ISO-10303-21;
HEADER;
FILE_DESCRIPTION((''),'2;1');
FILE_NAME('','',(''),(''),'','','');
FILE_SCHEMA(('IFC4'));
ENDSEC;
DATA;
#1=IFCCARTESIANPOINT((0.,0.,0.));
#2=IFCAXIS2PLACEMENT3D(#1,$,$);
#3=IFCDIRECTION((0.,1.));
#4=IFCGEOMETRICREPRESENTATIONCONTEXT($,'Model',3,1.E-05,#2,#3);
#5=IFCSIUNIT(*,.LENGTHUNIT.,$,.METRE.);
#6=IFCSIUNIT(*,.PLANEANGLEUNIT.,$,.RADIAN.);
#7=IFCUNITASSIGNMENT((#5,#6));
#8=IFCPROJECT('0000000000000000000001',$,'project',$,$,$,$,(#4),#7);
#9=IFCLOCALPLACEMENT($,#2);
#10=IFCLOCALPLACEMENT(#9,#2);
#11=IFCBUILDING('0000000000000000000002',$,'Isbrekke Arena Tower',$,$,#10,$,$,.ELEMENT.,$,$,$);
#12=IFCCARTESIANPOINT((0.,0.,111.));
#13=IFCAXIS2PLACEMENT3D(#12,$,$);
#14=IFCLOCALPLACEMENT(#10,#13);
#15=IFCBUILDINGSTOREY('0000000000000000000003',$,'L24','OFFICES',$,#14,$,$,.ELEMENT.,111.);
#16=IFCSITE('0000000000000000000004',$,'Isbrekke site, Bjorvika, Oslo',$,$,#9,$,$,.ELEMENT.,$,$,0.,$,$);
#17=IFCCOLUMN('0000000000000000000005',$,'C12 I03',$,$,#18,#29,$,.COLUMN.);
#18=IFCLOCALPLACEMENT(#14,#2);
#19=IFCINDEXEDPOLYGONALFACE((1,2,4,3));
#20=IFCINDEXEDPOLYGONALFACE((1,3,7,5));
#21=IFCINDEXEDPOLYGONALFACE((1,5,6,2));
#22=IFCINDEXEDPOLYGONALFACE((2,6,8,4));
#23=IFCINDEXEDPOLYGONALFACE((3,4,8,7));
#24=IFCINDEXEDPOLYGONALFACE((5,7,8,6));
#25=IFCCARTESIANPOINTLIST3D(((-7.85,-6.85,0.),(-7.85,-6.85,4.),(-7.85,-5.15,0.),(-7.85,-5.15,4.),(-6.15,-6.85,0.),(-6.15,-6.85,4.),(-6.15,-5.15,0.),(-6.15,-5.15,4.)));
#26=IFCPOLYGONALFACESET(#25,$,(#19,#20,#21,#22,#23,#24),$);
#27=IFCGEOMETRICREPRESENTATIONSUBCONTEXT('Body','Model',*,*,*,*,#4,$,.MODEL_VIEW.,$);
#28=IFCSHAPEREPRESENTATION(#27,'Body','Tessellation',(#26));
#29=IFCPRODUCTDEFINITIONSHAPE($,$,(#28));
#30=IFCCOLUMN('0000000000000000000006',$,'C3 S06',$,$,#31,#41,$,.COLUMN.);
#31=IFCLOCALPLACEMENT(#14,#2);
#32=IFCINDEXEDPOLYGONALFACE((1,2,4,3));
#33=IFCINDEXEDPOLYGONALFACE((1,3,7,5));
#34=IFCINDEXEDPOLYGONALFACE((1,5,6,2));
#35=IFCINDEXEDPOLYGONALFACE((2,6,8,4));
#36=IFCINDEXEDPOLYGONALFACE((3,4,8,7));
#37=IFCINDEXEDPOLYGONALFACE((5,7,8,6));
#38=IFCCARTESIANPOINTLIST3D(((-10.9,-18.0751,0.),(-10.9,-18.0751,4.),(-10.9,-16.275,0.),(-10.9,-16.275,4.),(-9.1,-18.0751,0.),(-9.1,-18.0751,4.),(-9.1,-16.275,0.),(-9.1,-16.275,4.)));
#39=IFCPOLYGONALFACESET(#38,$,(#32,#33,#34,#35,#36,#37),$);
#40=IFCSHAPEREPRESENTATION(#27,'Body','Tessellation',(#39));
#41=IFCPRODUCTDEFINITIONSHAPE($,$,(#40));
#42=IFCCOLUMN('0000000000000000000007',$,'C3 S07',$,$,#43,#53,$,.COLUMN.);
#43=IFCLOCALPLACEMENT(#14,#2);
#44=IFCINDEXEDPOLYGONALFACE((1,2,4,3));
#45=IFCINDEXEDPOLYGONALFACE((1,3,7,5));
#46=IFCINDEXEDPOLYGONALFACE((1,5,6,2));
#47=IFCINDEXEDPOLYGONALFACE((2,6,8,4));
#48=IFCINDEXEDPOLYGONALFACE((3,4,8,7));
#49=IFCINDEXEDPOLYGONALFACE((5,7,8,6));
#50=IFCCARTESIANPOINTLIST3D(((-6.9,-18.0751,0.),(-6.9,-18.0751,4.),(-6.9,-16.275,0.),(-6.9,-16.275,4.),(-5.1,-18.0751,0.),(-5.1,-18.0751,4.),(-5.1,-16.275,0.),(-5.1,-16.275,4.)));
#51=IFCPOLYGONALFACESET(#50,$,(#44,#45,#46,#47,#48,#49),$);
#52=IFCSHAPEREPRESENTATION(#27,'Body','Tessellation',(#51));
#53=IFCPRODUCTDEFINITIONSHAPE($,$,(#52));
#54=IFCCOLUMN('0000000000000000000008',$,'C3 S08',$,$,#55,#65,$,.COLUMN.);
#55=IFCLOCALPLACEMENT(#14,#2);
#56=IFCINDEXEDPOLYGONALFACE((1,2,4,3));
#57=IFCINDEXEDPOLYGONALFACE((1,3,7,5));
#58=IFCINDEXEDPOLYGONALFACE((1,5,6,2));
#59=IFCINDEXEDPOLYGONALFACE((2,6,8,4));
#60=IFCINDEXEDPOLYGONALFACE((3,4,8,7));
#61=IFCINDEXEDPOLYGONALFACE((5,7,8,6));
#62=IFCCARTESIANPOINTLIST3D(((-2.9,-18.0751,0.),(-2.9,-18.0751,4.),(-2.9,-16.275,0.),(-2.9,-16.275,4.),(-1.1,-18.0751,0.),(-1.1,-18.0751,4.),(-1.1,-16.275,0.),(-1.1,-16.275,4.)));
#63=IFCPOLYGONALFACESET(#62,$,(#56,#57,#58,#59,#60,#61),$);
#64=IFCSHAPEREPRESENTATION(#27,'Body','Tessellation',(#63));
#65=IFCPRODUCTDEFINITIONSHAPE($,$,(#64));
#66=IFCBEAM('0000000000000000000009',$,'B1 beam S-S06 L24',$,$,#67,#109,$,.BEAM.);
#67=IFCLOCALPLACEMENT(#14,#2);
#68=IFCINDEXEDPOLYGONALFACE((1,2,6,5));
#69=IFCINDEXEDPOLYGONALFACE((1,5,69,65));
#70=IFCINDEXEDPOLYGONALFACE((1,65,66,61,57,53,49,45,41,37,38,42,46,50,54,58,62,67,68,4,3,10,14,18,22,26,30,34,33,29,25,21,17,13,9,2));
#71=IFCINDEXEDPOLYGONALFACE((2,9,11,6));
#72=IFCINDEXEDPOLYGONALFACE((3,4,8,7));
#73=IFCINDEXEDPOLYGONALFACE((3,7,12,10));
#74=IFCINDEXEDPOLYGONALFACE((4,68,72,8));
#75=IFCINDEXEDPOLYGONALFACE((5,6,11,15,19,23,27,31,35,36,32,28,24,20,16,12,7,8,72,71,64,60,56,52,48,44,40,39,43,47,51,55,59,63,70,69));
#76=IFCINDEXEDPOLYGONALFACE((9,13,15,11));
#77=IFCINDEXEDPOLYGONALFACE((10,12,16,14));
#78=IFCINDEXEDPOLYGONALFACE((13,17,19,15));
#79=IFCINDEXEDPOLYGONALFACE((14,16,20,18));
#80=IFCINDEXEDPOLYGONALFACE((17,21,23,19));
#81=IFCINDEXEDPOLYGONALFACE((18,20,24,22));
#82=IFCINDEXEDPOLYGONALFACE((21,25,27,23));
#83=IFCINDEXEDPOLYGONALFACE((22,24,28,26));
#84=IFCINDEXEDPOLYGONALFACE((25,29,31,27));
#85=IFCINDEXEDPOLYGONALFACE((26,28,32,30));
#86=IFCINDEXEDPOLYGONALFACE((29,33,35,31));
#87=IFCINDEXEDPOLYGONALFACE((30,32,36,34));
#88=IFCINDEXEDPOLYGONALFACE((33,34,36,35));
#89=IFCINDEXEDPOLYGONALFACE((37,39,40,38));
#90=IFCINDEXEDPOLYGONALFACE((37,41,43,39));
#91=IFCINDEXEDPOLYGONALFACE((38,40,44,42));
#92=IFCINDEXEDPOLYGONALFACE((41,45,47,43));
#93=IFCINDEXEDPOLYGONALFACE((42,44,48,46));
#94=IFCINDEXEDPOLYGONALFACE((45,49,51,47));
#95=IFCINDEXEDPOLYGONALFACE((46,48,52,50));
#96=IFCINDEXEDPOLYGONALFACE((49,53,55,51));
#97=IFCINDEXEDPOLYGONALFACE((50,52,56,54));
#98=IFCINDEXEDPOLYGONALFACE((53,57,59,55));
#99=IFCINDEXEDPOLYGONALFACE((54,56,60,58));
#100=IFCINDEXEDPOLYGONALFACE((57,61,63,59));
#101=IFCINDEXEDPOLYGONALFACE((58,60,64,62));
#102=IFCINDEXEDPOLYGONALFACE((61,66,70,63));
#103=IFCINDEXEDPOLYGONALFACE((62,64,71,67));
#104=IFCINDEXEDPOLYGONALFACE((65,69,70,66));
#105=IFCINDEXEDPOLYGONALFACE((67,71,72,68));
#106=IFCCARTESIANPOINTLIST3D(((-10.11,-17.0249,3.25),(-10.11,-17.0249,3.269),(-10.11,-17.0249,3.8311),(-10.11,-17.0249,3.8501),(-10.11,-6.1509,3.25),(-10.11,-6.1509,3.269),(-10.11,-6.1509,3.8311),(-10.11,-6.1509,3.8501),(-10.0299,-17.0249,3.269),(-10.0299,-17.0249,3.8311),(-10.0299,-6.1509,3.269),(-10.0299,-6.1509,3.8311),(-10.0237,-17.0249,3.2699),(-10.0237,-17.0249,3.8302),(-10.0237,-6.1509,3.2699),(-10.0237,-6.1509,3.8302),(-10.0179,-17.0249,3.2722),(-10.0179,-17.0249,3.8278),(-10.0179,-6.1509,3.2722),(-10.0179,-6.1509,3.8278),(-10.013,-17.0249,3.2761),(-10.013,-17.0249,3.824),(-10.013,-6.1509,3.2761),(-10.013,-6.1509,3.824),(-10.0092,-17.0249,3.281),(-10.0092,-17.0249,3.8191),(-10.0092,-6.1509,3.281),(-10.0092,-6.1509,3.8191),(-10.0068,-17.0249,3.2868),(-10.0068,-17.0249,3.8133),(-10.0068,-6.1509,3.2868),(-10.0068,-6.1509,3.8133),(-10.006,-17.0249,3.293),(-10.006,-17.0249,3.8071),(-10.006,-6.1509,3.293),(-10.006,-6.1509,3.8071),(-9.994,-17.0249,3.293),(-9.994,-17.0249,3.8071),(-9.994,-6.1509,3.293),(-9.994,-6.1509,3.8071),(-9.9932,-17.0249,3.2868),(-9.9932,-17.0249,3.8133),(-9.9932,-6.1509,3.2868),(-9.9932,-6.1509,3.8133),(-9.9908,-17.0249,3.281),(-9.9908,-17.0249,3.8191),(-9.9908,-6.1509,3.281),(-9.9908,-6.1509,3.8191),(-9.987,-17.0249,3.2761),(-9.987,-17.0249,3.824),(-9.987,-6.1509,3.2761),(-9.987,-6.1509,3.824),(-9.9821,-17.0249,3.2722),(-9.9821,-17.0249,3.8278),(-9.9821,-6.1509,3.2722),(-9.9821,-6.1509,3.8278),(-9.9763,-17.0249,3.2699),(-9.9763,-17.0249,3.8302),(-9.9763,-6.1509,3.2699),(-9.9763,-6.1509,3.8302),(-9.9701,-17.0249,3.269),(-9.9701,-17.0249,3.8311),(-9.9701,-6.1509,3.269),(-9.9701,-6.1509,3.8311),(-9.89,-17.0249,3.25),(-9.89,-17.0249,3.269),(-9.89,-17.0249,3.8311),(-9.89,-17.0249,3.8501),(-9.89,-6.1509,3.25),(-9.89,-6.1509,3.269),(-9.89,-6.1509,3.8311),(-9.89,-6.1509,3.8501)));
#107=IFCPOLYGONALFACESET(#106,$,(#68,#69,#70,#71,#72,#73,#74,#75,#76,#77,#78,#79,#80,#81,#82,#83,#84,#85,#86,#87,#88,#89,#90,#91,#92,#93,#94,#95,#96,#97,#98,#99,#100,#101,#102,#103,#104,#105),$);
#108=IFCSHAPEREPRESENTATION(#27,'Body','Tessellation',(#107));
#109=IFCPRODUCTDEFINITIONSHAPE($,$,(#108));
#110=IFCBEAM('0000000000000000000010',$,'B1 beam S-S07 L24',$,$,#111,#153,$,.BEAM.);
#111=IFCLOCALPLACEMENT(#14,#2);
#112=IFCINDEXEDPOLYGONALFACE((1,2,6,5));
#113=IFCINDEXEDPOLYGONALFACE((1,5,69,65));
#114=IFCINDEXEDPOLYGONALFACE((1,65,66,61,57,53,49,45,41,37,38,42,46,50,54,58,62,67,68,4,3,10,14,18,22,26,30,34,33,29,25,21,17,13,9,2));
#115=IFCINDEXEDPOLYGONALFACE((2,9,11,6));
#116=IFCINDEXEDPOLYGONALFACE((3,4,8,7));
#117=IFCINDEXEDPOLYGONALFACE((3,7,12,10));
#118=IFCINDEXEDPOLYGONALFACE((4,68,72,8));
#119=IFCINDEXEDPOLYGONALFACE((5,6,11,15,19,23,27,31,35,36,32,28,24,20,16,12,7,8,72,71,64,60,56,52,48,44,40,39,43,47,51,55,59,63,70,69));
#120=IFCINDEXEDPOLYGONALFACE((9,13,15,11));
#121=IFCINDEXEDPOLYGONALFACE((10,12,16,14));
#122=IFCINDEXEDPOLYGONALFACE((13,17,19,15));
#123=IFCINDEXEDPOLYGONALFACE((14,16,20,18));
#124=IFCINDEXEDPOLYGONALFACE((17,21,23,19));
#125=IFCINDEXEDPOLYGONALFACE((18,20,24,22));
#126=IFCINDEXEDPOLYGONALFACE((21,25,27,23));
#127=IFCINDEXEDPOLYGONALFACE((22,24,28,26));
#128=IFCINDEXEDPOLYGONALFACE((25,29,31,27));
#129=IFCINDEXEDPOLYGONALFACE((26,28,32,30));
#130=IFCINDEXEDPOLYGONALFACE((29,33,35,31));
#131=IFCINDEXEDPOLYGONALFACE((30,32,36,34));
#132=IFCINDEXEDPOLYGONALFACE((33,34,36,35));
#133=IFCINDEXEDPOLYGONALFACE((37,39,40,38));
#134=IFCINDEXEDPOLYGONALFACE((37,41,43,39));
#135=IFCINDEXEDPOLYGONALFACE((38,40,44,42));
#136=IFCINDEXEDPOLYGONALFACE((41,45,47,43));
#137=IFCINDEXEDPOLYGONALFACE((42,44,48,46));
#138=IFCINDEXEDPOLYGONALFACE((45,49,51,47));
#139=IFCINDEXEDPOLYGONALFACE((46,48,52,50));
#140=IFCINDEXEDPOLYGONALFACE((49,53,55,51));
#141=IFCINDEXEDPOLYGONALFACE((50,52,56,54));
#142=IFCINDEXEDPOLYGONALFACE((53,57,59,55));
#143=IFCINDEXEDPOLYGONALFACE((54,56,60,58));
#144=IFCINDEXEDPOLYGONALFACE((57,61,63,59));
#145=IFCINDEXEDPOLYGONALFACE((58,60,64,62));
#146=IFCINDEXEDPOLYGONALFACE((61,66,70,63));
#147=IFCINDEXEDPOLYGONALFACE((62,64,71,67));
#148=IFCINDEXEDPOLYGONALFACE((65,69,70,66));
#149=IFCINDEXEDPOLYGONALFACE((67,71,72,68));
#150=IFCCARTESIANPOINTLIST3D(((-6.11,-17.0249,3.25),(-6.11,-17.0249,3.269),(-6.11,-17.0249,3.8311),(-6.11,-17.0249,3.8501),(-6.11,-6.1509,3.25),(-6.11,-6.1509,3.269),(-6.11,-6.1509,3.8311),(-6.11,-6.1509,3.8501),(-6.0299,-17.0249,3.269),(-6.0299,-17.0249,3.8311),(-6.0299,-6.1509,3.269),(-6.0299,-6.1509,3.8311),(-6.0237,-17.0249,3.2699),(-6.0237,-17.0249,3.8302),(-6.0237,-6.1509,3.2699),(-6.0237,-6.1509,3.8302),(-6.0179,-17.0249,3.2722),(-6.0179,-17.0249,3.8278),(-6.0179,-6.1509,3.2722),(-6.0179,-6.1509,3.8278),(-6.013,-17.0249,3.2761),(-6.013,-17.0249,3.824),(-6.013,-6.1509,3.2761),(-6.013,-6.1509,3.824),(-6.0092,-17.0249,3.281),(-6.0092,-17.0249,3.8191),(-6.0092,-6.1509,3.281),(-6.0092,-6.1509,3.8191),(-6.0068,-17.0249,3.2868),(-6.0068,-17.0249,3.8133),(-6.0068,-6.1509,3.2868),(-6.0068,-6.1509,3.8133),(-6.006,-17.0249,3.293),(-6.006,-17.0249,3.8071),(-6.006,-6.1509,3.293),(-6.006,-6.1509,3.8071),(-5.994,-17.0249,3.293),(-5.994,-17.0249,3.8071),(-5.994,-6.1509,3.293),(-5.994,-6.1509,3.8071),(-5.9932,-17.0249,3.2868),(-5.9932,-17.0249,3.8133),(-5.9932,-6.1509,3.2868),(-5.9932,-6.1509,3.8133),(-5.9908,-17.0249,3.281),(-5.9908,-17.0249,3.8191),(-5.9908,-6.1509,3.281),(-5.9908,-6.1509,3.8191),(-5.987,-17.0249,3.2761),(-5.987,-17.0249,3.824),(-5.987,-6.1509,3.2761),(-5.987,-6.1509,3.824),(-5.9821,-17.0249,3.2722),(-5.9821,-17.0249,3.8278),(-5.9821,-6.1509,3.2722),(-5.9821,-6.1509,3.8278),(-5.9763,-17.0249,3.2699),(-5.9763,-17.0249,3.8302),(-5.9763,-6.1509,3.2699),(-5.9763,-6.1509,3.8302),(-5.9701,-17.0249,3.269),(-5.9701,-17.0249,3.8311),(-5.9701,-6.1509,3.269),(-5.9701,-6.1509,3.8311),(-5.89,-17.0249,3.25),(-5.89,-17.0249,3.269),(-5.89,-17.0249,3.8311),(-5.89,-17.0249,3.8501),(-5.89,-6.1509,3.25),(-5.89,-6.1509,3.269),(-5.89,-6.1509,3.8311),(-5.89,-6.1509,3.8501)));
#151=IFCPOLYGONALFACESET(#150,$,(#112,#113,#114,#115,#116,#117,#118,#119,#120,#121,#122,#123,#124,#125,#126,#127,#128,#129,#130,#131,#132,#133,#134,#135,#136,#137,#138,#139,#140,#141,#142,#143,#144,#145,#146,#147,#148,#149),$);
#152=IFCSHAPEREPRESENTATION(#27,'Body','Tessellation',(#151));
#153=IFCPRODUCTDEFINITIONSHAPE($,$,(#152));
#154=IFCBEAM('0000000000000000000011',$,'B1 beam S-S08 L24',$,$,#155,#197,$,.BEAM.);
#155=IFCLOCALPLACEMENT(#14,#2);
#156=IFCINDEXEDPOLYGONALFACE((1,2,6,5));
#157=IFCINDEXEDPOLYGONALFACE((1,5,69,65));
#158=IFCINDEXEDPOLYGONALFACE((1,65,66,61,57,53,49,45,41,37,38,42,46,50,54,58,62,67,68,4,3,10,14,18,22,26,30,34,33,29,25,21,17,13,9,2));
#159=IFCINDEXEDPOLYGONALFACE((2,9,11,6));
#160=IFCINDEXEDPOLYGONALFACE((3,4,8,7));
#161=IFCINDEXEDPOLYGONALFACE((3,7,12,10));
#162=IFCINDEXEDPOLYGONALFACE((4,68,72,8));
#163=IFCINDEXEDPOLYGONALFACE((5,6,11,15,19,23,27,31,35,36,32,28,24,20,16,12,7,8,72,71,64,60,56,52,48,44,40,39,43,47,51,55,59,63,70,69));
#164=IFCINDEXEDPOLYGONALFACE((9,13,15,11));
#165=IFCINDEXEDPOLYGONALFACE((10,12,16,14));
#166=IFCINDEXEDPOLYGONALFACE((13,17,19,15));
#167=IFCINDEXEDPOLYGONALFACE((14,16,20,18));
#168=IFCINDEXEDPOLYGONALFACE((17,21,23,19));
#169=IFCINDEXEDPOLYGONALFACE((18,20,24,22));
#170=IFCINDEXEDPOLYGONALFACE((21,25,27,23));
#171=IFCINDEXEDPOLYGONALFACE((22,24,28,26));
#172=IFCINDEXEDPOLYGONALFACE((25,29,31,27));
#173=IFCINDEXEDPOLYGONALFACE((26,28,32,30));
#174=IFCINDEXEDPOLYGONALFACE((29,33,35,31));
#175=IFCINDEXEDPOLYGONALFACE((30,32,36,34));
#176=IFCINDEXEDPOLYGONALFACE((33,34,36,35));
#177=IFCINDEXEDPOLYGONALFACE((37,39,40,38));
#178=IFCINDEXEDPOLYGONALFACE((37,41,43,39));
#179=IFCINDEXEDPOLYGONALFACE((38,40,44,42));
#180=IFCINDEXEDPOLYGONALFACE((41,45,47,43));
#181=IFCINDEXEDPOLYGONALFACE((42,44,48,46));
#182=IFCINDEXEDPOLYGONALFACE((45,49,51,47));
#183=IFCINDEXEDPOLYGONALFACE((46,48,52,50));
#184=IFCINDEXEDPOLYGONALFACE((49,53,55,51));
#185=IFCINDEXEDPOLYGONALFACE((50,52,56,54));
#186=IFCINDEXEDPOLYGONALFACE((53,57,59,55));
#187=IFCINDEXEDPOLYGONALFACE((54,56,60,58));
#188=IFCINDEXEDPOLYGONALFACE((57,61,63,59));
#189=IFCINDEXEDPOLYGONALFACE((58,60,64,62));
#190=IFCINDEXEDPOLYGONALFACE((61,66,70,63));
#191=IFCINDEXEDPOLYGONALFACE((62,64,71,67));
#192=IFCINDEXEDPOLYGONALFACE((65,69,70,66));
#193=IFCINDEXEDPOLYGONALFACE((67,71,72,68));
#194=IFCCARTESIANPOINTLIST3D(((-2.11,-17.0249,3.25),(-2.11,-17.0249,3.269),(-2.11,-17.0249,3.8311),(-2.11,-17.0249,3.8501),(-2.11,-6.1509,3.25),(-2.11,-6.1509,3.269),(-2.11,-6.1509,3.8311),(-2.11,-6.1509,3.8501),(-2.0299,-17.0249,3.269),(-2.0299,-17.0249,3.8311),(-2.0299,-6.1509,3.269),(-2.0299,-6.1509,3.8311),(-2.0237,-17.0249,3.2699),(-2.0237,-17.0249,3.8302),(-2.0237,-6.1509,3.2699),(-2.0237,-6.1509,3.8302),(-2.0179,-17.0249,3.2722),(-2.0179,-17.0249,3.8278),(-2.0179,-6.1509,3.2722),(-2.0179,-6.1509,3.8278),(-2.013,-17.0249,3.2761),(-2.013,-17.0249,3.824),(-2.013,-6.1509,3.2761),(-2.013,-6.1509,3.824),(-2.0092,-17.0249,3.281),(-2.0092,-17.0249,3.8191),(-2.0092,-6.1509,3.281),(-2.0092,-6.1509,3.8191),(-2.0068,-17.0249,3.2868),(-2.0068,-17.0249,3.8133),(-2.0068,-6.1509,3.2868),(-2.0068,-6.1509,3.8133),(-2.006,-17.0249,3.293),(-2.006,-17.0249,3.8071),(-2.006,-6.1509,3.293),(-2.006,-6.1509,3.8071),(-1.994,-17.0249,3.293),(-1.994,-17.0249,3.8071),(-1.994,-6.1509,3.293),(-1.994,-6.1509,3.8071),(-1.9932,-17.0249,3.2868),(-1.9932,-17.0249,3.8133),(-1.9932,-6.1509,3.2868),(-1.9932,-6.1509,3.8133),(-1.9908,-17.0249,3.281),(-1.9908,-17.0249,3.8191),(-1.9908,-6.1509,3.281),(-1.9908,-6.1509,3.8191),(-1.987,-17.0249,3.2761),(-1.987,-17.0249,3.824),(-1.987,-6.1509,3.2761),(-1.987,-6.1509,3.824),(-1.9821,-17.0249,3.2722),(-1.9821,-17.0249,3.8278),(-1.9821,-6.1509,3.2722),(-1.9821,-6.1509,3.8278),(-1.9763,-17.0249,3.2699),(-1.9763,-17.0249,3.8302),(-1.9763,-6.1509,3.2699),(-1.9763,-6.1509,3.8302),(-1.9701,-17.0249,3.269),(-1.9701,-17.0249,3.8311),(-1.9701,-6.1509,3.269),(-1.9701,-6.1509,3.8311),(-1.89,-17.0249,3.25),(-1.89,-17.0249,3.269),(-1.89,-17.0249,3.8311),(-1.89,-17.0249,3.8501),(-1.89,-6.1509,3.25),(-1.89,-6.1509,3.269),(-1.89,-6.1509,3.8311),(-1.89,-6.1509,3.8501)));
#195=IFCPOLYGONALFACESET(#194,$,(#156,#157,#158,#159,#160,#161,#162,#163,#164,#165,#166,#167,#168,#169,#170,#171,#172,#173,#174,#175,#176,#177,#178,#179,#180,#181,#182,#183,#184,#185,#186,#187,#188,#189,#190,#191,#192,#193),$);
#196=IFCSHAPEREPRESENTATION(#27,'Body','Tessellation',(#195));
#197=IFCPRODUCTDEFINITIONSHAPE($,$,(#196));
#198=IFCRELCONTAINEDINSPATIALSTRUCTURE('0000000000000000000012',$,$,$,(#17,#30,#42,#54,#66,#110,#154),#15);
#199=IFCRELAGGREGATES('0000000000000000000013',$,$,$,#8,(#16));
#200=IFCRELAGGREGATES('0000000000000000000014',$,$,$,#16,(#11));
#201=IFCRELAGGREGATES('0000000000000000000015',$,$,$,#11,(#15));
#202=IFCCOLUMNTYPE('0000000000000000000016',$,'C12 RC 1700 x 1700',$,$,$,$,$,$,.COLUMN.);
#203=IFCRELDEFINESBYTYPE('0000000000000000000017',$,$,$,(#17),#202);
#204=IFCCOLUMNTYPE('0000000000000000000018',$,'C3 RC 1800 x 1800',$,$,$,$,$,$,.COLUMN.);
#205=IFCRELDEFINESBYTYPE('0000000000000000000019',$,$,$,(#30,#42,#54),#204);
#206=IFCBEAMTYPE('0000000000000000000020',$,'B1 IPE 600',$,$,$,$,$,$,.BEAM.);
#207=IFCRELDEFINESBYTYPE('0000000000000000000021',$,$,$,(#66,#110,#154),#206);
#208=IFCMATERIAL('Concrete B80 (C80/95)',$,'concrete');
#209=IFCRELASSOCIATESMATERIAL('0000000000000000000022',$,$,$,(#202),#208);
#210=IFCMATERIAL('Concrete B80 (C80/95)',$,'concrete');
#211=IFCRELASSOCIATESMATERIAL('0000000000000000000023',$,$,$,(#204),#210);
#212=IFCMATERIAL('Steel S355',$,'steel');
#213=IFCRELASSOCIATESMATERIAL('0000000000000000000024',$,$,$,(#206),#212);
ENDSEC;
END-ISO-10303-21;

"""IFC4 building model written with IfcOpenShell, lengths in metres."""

from ifc_helpers import new_model, si_unit, direction, frame, origin, origin_2d, place, context, subcontext, project, spatial, rectangle, i_section, extrude, material, material_profile, profile_set, type_object, element, save


model = new_model("IFC4")

# Units and contexts
model_context = context("Model", 3, precision=1e-05, world=origin(), true_north=direction((0.0, 1.0)))
body_context = subcontext(model_context, "Body", "Model", "MODEL_VIEW")
ifc_project = project(units=[si_unit("LENGTHUNIT", "METRE"), si_unit("PLANEANGLEUNIT", "RADIAN")], contexts=[model_context])

# Site, building, storey
site_placement = place(None, origin())
site = spatial("IfcSite", under=ifc_project, at=site_placement, Name="Isbrekke site, Bjorvika, Oslo", CompositionType="ELEMENT", RefElevation=0.0)
building_placement = place(site_placement, origin())
building = spatial("IfcBuilding", under=site, at=building_placement, Name="Isbrekke Arena Tower", CompositionType="ELEMENT")
storey_placement = place(building_placement, frame((0.0, 0.0, 111.0)))
storey = spatial("IfcBuildingStorey", under=building, at=storey_placement, Name="L24", Description="OFFICES", CompositionType="ELEMENT", Elevation=111.0)

# Columns
ifc_material_1 = material(Name="Concrete B80 (C80/95)", Category="concrete")
ifc_material_profile_1 = material_profile(ifc_material_1, rectangle(XDim=1.7, YDim=1.7, at=origin_2d()), Name="RC 1700x1700")
ifc_profile_set_1 = profile_set([ifc_material_profile_1], Name="Concrete B80 (C80/95)")
column_type_1 = type_object("IfcColumnType", Name="C12 RC 1700 x 1700", PredefinedType="COLUMN", material=ifc_profile_set_1)
column_placement = place(storey_placement, frame((-7.0, -6.0, 0.0), z_axis=(0.0, 0.0, 1.0), x_axis=(1.0, 0.0, 0.0)))
element("IfcColumn", 1, at=column_placement, inside=storey, type_object=column_type_1, Name="C12 I03", PredefinedType="COLUMN", context=body_context, shape_type="SweptSolid", body=[
    extrude(rectangle(XDim=1.7, YDim=1.7, at=origin_2d()), origin(), (0.0, 0.0, 1.0), 4.0),
])
ifc_material_2 = material(Name="Concrete B80 (C80/95)", Category="concrete")
ifc_material_profile_2 = material_profile(ifc_material_2, rectangle(XDim=1.8, YDim=1.8, at=origin_2d()), Name="RC 1800x1800")
ifc_profile_set_2 = profile_set([ifc_material_profile_2], Name="Concrete B80 (C80/95)")
column_type_2 = type_object("IfcColumnType", Name="C3 RC 1800 x 1800", PredefinedType="COLUMN", material=ifc_profile_set_2)
for number, where, z_axis, x_axis, name in (
    (2, (-10.0, -17.175, 0.0), (0.0, 0.0, 1.0), (1.0, 0.0, 0.0), "C3 S06"),
    (3, (-6.0, -17.175, 0.0), (0.0, 0.0, 1.0), (1.0, 0.0, 0.0), "C3 S07"),
    (4, (-2.0, -17.175, 0.0), (0.0, 0.0, 1.0), (1.0, 0.0, 0.0), "C3 S08"),
):
    element("IfcColumn", number, at=place(storey_placement, frame(where, z_axis=z_axis, x_axis=x_axis)), inside=storey, type_object=column_type_2, Name=name, PredefinedType="COLUMN", context=body_context, shape_type="SweptSolid", body=[
        extrude(rectangle(XDim=1.8, YDim=1.8, at=origin_2d()), origin(), (0.0, 0.0, 1.0), 4.0),
    ])

# Beams
ifc_material_3 = material(Name="Steel S355", Category="steel")
ifc_material_profile_3 = material_profile(ifc_material_3, i_section(OverallWidth=0.22, OverallDepth=0.6001, WebThickness=0.012, FlangeThickness=0.019, FilletRadius=0.0239, at=origin_2d()), Name="IPE 600")
ifc_profile_set_3 = profile_set([ifc_material_profile_3], Name="Steel S355")
beam_type_1 = type_object("IfcBeamType", Name="B1 IPE 600", PredefinedType="BEAM", material=ifc_profile_set_3)
for number, where, z_axis, x_axis, name in (
    (5, (-10.0, -17.0249, 3.55), (0.0, 1.0, 0.0), (-1.0, 0.0, 0.0), "B1 beam S-S06 L24"),
    (6, (-6.0, -17.0249, 3.55), (0.0, 1.0, 0.0), (-1.0, 0.0, 0.0), "B1 beam S-S07 L24"),
    (7, (-2.0, -17.0249, 3.55), (0.0, 1.0, 0.0), (-1.0, 0.0, 0.0), "B1 beam S-S08 L24"),
):
    element("IfcBeam", number, at=place(storey_placement, frame(where, z_axis=z_axis, x_axis=x_axis)), inside=storey, type_object=beam_type_1, Name=name, PredefinedType="BEAM", context=body_context, shape_type="SweptSolid", body=[
        extrude(i_section(OverallWidth=0.22, OverallDepth=0.6001, WebThickness=0.012, FlangeThickness=0.019, FilletRadius=0.0239, at=origin_2d()), origin(), (0.0, 0.0, 1.0), 10.874),
    ])

save(model, "model.ifc")
